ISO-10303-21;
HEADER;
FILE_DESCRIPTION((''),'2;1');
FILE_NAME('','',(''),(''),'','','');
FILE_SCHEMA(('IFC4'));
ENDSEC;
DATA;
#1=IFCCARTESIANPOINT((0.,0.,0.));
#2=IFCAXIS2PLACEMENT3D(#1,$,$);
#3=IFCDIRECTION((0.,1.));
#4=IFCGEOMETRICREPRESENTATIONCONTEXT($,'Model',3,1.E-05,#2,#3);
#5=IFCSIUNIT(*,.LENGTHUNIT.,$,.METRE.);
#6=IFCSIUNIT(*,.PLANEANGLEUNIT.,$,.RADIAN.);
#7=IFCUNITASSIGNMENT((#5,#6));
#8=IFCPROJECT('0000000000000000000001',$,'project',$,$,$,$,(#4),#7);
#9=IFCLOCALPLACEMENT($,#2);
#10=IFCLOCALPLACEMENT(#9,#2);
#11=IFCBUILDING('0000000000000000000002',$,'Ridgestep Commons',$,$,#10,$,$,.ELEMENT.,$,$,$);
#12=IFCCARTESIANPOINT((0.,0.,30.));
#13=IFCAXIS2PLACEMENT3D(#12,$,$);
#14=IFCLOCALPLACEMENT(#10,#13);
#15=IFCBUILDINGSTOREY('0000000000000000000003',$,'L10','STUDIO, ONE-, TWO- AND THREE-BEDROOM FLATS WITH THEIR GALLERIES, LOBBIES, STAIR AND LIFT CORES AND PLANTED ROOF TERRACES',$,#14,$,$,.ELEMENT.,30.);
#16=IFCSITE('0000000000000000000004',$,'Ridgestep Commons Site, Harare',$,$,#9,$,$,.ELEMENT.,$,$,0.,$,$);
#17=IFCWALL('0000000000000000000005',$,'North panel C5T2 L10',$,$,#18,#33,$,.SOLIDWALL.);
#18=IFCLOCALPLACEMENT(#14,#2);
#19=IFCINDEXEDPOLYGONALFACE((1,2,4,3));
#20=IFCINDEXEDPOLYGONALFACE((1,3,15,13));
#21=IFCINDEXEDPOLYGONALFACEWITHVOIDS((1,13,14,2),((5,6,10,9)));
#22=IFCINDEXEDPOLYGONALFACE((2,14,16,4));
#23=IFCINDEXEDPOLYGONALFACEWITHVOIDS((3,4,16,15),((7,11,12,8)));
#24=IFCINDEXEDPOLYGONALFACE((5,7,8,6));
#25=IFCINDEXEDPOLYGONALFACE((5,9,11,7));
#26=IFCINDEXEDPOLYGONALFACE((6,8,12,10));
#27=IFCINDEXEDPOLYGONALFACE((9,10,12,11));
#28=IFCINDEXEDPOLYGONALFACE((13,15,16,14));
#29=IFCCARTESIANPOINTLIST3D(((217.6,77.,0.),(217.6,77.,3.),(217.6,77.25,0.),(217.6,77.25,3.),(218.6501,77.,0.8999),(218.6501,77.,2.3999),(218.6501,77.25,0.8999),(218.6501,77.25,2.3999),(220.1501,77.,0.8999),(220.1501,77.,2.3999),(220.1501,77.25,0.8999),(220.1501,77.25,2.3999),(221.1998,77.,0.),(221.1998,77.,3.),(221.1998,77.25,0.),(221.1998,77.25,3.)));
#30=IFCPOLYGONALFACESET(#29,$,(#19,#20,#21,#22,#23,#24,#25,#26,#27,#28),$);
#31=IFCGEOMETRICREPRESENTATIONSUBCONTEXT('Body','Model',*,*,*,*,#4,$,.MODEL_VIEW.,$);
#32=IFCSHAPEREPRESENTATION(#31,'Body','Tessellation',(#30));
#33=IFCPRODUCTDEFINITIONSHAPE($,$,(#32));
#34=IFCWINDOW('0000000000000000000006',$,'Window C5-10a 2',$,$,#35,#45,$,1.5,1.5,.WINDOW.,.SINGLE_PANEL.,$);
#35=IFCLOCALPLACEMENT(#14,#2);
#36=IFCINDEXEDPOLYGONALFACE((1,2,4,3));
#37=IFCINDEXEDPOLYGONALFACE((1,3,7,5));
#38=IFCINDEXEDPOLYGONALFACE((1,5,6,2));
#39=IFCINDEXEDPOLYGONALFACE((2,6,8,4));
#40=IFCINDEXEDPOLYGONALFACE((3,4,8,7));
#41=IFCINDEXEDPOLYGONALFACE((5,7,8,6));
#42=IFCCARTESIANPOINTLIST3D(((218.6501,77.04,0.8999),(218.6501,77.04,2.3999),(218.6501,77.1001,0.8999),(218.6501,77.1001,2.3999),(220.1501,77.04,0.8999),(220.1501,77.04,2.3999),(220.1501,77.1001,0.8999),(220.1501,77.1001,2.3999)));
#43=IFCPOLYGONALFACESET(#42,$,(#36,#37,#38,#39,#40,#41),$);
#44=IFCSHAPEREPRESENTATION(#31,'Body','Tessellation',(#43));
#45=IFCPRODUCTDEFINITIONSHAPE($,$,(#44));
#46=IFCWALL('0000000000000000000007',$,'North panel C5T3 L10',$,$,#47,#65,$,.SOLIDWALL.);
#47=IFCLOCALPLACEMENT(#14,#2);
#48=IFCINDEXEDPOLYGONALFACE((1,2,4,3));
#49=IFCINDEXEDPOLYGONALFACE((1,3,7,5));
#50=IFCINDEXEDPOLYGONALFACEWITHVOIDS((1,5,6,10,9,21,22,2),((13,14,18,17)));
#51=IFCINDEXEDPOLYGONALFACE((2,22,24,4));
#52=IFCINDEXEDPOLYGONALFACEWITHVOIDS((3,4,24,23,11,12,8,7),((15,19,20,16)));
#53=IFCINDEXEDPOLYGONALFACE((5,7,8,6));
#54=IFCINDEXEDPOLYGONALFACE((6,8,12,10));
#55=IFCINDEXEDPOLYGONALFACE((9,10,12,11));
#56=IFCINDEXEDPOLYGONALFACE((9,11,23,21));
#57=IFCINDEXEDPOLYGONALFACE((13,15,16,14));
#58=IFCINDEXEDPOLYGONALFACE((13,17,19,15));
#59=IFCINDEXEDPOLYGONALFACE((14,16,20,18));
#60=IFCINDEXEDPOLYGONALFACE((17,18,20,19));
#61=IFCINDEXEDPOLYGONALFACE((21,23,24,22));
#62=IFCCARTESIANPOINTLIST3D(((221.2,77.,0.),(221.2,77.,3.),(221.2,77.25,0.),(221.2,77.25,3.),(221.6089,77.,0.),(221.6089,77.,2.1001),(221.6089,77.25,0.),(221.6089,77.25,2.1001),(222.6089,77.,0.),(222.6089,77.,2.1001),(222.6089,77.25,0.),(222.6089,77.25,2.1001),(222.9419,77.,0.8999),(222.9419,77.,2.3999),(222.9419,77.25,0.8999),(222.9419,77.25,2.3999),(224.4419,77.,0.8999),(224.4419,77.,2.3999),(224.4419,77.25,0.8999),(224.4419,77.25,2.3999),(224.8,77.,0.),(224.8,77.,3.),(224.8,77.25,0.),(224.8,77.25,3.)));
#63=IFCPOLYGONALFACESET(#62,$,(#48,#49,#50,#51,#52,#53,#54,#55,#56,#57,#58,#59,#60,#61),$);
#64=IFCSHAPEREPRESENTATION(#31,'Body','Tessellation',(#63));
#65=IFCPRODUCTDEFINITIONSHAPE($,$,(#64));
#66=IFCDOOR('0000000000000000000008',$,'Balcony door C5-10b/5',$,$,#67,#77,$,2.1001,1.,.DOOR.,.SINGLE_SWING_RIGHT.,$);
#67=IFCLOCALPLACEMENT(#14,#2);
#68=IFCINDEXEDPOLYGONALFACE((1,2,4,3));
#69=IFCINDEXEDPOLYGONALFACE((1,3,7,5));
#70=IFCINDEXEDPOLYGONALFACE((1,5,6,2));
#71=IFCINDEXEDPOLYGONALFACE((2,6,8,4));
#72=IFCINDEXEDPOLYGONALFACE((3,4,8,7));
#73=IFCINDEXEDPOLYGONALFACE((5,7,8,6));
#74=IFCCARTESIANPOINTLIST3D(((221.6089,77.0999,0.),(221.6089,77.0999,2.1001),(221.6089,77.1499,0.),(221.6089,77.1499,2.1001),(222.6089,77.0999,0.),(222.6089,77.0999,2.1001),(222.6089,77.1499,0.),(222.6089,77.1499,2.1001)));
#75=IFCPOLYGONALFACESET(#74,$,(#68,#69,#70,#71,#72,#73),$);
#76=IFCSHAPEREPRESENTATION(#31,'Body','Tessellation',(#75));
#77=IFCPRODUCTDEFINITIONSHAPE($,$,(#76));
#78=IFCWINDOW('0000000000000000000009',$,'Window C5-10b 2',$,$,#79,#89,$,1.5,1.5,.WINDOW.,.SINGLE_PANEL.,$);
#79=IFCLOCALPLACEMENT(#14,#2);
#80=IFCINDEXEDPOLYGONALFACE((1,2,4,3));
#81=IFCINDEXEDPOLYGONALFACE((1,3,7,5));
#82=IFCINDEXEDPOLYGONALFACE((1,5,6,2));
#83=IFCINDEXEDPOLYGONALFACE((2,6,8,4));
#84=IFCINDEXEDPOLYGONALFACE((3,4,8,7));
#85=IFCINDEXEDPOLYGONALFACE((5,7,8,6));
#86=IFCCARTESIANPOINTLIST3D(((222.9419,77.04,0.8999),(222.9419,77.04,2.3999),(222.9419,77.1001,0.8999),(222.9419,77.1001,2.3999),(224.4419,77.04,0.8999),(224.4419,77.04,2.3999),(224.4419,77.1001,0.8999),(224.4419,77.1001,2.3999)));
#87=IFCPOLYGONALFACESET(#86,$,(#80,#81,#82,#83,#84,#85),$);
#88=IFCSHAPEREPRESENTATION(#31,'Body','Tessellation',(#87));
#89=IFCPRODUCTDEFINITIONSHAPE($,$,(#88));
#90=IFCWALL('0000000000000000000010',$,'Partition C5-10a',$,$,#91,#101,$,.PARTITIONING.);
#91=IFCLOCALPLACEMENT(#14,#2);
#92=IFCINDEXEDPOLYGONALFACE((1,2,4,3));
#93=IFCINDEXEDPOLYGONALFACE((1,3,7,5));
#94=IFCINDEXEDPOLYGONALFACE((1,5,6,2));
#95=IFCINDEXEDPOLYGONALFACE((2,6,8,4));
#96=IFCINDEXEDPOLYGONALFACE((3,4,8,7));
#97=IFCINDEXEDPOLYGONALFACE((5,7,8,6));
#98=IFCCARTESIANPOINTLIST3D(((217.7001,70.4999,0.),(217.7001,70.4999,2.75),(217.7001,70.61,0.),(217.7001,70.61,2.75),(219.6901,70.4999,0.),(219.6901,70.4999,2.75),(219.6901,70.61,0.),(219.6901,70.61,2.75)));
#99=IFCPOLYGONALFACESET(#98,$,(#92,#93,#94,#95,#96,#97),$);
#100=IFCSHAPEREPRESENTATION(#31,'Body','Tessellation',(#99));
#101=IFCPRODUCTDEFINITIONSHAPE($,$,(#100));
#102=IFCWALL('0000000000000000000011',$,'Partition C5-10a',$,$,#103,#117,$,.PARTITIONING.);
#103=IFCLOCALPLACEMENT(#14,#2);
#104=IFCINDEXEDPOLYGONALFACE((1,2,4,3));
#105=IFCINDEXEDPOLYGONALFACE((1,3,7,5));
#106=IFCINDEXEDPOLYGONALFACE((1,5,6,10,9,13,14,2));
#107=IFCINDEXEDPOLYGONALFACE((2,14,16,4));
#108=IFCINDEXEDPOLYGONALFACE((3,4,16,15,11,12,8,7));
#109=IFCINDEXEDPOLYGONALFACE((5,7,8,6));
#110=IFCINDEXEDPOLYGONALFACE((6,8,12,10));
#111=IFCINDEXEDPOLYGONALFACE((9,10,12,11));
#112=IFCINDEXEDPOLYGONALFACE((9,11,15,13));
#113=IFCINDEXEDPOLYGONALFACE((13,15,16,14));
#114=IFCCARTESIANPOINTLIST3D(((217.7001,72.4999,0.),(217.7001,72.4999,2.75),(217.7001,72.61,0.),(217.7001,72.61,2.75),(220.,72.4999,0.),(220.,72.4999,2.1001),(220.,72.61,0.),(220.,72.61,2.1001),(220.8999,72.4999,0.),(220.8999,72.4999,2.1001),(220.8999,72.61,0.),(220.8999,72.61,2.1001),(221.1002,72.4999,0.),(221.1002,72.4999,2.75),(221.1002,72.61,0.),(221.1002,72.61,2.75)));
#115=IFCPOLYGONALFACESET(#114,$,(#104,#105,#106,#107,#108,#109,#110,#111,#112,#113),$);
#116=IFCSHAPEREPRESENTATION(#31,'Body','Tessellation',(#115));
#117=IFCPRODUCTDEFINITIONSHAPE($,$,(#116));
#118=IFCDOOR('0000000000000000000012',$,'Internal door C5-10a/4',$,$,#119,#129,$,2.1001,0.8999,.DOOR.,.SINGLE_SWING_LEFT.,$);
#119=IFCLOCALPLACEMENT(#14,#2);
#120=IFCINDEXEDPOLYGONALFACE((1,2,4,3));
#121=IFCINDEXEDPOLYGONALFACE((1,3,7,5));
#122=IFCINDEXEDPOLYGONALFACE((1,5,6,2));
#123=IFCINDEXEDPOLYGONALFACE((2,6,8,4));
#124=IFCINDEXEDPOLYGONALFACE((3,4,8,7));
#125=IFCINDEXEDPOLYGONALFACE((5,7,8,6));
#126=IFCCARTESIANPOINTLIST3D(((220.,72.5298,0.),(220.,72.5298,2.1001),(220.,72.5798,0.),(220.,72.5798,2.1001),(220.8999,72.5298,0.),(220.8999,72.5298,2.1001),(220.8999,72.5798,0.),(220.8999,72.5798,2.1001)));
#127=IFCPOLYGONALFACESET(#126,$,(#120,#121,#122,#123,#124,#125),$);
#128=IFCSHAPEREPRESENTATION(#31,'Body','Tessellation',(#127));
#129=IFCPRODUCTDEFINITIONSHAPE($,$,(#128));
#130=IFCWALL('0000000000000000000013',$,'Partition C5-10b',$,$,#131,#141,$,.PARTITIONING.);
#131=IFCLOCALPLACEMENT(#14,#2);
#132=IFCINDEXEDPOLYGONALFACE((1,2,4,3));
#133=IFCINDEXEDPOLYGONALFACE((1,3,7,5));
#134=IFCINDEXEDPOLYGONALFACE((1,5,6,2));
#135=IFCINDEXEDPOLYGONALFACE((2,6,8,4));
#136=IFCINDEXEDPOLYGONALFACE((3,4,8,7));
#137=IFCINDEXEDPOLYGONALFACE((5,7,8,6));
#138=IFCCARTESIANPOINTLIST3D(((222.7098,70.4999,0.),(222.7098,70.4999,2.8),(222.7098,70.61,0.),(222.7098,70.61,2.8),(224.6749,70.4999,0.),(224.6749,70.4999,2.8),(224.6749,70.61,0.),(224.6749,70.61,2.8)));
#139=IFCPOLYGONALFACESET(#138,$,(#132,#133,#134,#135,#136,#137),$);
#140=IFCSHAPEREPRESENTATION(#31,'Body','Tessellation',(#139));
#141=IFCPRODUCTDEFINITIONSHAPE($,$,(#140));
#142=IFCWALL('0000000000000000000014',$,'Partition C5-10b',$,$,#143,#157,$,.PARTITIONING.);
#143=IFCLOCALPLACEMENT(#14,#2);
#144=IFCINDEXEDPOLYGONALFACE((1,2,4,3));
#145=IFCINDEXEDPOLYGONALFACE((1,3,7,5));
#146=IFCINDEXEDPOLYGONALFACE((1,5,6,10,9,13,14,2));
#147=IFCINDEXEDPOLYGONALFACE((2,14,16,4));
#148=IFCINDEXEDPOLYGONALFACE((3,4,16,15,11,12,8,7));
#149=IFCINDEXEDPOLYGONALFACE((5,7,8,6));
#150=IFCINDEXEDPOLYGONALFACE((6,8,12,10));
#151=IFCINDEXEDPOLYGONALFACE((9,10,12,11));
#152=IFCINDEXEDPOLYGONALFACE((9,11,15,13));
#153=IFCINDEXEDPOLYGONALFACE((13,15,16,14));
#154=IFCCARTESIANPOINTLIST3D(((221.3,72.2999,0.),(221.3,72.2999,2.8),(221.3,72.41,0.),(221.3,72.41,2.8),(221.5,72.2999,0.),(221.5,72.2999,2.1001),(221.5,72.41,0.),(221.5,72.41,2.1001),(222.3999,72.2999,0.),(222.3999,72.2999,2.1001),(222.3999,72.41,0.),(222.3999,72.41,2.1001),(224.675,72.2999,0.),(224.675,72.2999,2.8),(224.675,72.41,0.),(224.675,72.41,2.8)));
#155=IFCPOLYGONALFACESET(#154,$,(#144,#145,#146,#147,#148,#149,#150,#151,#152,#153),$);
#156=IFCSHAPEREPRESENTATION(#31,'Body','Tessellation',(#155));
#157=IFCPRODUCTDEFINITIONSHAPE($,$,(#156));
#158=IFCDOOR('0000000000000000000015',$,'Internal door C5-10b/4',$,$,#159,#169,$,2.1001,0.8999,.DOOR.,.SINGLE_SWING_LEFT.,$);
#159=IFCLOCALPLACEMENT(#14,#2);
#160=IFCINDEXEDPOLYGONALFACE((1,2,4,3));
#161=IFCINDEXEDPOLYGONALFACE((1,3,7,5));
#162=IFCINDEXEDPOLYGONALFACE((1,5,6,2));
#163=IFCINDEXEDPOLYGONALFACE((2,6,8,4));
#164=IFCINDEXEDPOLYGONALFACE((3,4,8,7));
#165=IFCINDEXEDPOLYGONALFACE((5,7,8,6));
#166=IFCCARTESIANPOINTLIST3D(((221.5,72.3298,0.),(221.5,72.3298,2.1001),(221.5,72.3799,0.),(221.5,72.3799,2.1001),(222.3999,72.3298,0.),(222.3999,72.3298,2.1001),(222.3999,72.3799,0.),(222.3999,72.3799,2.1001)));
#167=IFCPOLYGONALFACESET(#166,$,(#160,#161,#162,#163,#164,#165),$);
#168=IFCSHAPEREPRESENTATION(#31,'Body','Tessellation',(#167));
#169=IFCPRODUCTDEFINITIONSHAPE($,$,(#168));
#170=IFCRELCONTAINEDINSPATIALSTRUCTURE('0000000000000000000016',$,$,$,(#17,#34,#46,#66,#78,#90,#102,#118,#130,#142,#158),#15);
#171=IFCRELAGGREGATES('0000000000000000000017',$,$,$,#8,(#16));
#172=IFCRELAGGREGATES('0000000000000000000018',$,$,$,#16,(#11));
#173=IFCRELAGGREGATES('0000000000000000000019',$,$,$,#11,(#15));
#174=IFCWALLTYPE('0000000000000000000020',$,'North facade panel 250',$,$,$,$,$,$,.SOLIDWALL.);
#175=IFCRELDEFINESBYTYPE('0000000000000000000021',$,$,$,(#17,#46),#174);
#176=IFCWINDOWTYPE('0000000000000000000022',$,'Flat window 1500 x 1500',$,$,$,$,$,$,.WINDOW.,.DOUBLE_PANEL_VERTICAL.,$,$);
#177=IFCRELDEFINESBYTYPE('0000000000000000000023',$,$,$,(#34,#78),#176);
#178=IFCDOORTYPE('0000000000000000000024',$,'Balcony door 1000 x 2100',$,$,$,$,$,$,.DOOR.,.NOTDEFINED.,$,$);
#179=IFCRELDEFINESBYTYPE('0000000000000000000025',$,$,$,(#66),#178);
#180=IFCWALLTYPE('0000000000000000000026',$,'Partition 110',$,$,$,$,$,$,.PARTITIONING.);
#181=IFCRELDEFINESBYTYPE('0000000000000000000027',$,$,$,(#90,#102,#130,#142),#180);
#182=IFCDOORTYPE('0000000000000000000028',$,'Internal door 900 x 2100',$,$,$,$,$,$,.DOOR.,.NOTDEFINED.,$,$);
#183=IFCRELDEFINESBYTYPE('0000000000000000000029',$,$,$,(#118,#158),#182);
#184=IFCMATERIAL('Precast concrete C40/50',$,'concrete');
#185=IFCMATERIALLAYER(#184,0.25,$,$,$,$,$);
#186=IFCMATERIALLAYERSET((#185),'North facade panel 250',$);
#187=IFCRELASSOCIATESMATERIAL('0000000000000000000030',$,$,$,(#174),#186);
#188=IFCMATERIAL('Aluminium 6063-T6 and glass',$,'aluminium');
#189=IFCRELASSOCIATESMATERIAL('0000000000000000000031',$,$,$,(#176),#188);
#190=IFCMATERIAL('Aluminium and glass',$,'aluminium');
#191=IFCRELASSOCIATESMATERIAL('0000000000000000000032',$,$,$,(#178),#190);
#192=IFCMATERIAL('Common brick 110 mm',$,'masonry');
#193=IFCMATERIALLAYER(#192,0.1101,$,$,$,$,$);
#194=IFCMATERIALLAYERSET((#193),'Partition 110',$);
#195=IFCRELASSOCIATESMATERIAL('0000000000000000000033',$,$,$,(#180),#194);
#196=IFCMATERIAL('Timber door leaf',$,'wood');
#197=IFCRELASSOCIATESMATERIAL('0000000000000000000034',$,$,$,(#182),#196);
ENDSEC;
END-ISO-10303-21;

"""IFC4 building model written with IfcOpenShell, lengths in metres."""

from ifc_helpers import new_model, si_unit, direction, frame, frame_2d, origin, place, context, subcontext, project, spatial, rectangle, extrude, material, layer, layer_set, type_object, element, fill, save


model = new_model("IFC4")

# Units and contexts
model_context = context("Model", 3, precision=1e-05, world=origin(), true_north=direction((0.0, 1.0)))
body_context = subcontext(model_context, "Body", "Model", "MODEL_VIEW")
ifc_project = project(units=[si_unit("LENGTHUNIT", "METRE"), si_unit("PLANEANGLEUNIT", "RADIAN")], contexts=[model_context])

# Site, building, storey
site_placement = place(None, origin())
site = spatial("IfcSite", under=ifc_project, at=site_placement, Name="Ridgestep Commons Site, Harare", CompositionType="ELEMENT", RefElevation=0.0)
building_placement = place(site_placement, origin())
building = spatial("IfcBuilding", under=site, at=building_placement, Name="Ridgestep Commons", CompositionType="ELEMENT")
storey_placement = place(building_placement, frame((0.0, 0.0, 30.0)))
storey = spatial("IfcBuildingStorey", under=building, at=storey_placement, Name="L10", Description="STUDIO, ONE-, TWO- AND THREE-BEDROOM FLATS WITH THEIR GALLERIES, LOBBIES, STAIR AND LIFT CORES AND PLANTED ROOF TERRACES", CompositionType="ELEMENT", Elevation=30.0)

# Wall, opening, window
ifc_material_1 = material(Name="Precast concrete C40/50", Category="concrete")
ifc_layer_1 = layer(ifc_material_1, 0.25)
ifc_layer_set_1 = layer_set([ifc_layer_1], Name="North facade panel 250")
wall_type_1 = type_object("IfcWallType", Name="North facade panel 250", PredefinedType="SOLIDWALL", material=ifc_layer_set_1)
wall_1_placement = place(storey_placement, frame((217.6001, 77.125, 0.0), z_axis=(0.0, 0.0, 1.0), x_axis=(1.0, 0.0, 0.0)))
wall_1 = element("IfcWall", 1, at=wall_1_placement, inside=storey, type_object=wall_type_1, Name="North panel C5T2 L10", PredefinedType="SOLIDWALL", context=body_context, shape_type="SweptSolid", body=[
    extrude(rectangle(XDim=3.5999, YDim=0.25, at=frame_2d((1.7998, 0.0))), origin(), (0.0, 0.0, 1.0), 3.0),
])
opening_1_placement = place(wall_1_placement, frame((1.05, 0.0, 0.8999)))
opening_1 = element("IfcOpeningElement", 2, at=opening_1_placement, cuts=wall_1, PredefinedType="OPENING", context=body_context, shape_type="SweptSolid", body=[
    extrude(rectangle(XDim=1.5, YDim=1.5, at=frame_2d((0.75, 0.75))), frame((0.0, 0.135, 0.0), z_axis=(0.0, -1.0, 0.0), x_axis=(1.0, 0.0, 0.0)), (0.0, 0.0, 1.0), 0.27),
])
ifc_material_2 = material(Name="Aluminium 6063-T6 and glass", Category="aluminium")
window_type = type_object("IfcWindowType", Name="Flat window 1500 x 1500", PartitioningType="DOUBLE_PANEL_VERTICAL", PredefinedType="WINDOW", material=ifc_material_2)
window_1_placement = place(opening_1_placement, origin())
window_1 = element("IfcWindow", 3, at=window_1_placement, inside=storey, type_object=window_type, Name="Window C5-10a 2", OverallHeight=1.5, OverallWidth=1.5, PartitioningType="SINGLE_PANEL", PredefinedType="WINDOW", context=body_context, shape_type="SweptSolid", body=[
    extrude(rectangle(XDim=1.5, YDim=1.5, at=frame_2d((0.75, 0.75))), frame((0.0, -0.0249, 0.0), z_axis=(0.0, -1.0, 0.0), x_axis=(1.0, 0.0, 0.0)), (0.0, 0.0, 1.0), 0.0601),
])
fill(opening_1, window_1)

# Wall, openings, door, window
wall_2_placement = place(storey_placement, frame((221.2, 77.125, 0.0), z_axis=(0.0, 0.0, 1.0), x_axis=(1.0, 0.0, 0.0)))
wall_2 = element("IfcWall", 4, at=wall_2_placement, inside=storey, type_object=wall_type_1, Name="North panel C5T3 L10", PredefinedType="SOLIDWALL", context=body_context, shape_type="SweptSolid", body=[
    extrude(rectangle(XDim=3.6001, YDim=0.25, at=frame_2d((1.8, 0.0))), origin(), (0.0, 0.0, 1.0), 3.0),
])
opening_2_placement = place(wall_2_placement, frame((1.7419, 0.0, 0.8999)))
opening_2 = element("IfcOpeningElement", 5, at=opening_2_placement, cuts=wall_2, PredefinedType="OPENING", context=body_context, shape_type="SweptSolid", body=[
    extrude(rectangle(XDim=1.5, YDim=1.5, at=frame_2d((0.75, 0.75))), frame((0.0, 0.135, 0.0), z_axis=(0.0, -1.0, 0.0), x_axis=(1.0, 0.0, 0.0)), (0.0, 0.0, 1.0), 0.27),
])
opening_3_placement = place(wall_2_placement, frame((0.4089, 0.0, 0.0)))
opening_3 = element("IfcOpeningElement", 6, at=opening_3_placement, cuts=wall_2, PredefinedType="OPENING", context=body_context, shape_type="SweptSolid", body=[
    extrude(rectangle(XDim=1.0, YDim=2.1001, at=frame_2d((0.5, 1.05))), frame((0.0, 0.135, 0.0), z_axis=(0.0, -1.0, 0.0), x_axis=(1.0, 0.0, 0.0)), (0.0, 0.0, 1.0), 0.27),
])
ifc_material_3 = material(Name="Aluminium and glass", Category="aluminium")
door_type_1 = type_object("IfcDoorType", Name="Balcony door 1000 x 2100", OperationType="NOTDEFINED", PredefinedType="DOOR", material=ifc_material_3)
door_1_placement = place(opening_3_placement, origin())
door_1 = element("IfcDoor", 7, at=door_1_placement, inside=storey, type_object=door_type_1, Name="Balcony door C5-10b/5", OperationType="SINGLE_SWING_RIGHT", OverallHeight=2.1001, OverallWidth=1.0, PredefinedType="DOOR", context=body_context, shape_type="SweptSolid", body=[
    extrude(rectangle(XDim=1.0, YDim=2.1001, at=frame_2d((0.5, 1.05))), frame((0.0, 0.0249, 0.0), z_axis=(0.0, -1.0, 0.0), x_axis=(1.0, 0.0, 0.0)), (0.0, 0.0, 1.0), 0.05),
])
fill(opening_3, door_1)
window_2_placement = place(opening_2_placement, origin())
window_2 = element("IfcWindow", 8, at=window_2_placement, inside=storey, type_object=window_type, Name="Window C5-10b 2", OverallHeight=1.5, OverallWidth=1.5, PartitioningType="SINGLE_PANEL", PredefinedType="WINDOW", context=body_context, shape_type="SweptSolid", body=[
    extrude(rectangle(XDim=1.5, YDim=1.5, at=frame_2d((0.75, 0.75))), frame((0.0, -0.0249, 0.0), z_axis=(0.0, -1.0, 0.0), x_axis=(1.0, 0.0, 0.0)), (0.0, 0.0, 1.0), 0.0601),
])
fill(opening_2, window_2)

# Wall
ifc_material_4 = material(Name="Common brick 110 mm", Category="masonry")
ifc_layer_2 = layer(ifc_material_4, 0.1101)
ifc_layer_set_2 = layer_set([ifc_layer_2], Name="Partition 110")
wall_type_2 = type_object("IfcWallType", Name="Partition 110", PredefinedType="PARTITIONING", material=ifc_layer_set_2)
wall_3_placement = place(storey_placement, frame((217.7, 70.5549, 0.0), z_axis=(0.0, 0.0, 1.0), x_axis=(1.0, 0.0, 0.0)))
element("IfcWall", 9, at=wall_3_placement, inside=storey, type_object=wall_type_2, Name="Partition C5-10a", PredefinedType="PARTITIONING", context=body_context, shape_type="SweptSolid", body=[
    extrude(rectangle(XDim=1.99, YDim=0.1101, at=frame_2d((0.9951, 0.0))), origin(), (0.0, 0.0, 1.0), 2.75),
])

# Wall, opening, door
wall_4_placement = place(storey_placement, frame((217.7, 72.5549, 0.0), z_axis=(0.0, 0.0, 1.0), x_axis=(1.0, 0.0, 0.0)))
wall_4 = element("IfcWall", 10, at=wall_4_placement, inside=storey, type_object=wall_type_2, Name="Partition C5-10a", PredefinedType="PARTITIONING", context=body_context, shape_type="SweptSolid", body=[
    extrude(rectangle(XDim=3.4001, YDim=0.1101, at=frame_2d((1.7002, 0.0))), origin(), (0.0, 0.0, 1.0), 2.75),
])
opening_4_placement = place(wall_4_placement, frame((2.3, 0.0, 0.0)))
opening_4 = element("IfcOpeningElement", 11, at=opening_4_placement, cuts=wall_4, PredefinedType="OPENING", context=body_context, shape_type="SweptSolid", body=[
    extrude(rectangle(XDim=0.8999, YDim=2.1001, at=frame_2d((0.45, 1.05))), frame((0.0, 0.0649, 0.0), z_axis=(0.0, -1.0, 0.0), x_axis=(1.0, 0.0, 0.0)), (0.0, 0.0, 1.0), 0.1301),
])
ifc_material_5 = material(Name="Timber door leaf", Category="wood")
door_type_2 = type_object("IfcDoorType", Name="Internal door 900 x 2100", OperationType="NOTDEFINED", PredefinedType="DOOR", material=ifc_material_5)
door_2_placement = place(opening_4_placement, origin())
door_2 = element("IfcDoor", 12, at=door_2_placement, inside=storey, type_object=door_type_2, Name="Internal door C5-10a/4", OperationType="SINGLE_SWING_LEFT", OverallHeight=2.1001, OverallWidth=0.8999, PredefinedType="DOOR", context=body_context, shape_type="SweptSolid", body=[
    extrude(rectangle(XDim=0.8999, YDim=2.1001, at=frame_2d((0.45, 1.05))), frame((0.0, 0.0249, 0.0), z_axis=(0.0, -1.0, 0.0), x_axis=(1.0, 0.0, 0.0)), (0.0, 0.0, 1.0), 0.05),
])
fill(opening_4, door_2)

# Wall
wall_5_placement = place(storey_placement, frame((222.71, 70.5549, 0.0), z_axis=(0.0, 0.0, 1.0), x_axis=(1.0, 0.0, 0.0)))
element("IfcWall", 13, at=wall_5_placement, inside=storey, type_object=wall_type_2, Name="Partition C5-10b", PredefinedType="PARTITIONING", context=body_context, shape_type="SweptSolid", body=[
    extrude(rectangle(XDim=1.9651, YDim=0.1101, at=frame_2d((0.9824, 0.0))), origin(), (0.0, 0.0, 1.0), 2.8),
])

# Wall, opening, door
wall_6_placement = place(storey_placement, frame((221.3, 72.355, 0.0), z_axis=(0.0, 0.0, 1.0), x_axis=(1.0, 0.0, 0.0)))
wall_6 = element("IfcWall", 14, at=wall_6_placement, inside=storey, type_object=wall_type_2, Name="Partition C5-10b", PredefinedType="PARTITIONING", context=body_context, shape_type="SweptSolid", body=[
    extrude(rectangle(XDim=3.375, YDim=0.1101, at=frame_2d((1.6875, 0.0))), origin(), (0.0, 0.0, 1.0), 2.8),
])
opening_5_placement = place(wall_6_placement, frame((0.2, 0.0, 0.0)))
opening_5 = element("IfcOpeningElement", 15, at=opening_5_placement, cuts=wall_6, PredefinedType="OPENING", context=body_context, shape_type="SweptSolid", body=[
    extrude(rectangle(XDim=0.8999, YDim=2.1001, at=frame_2d((0.45, 1.05))), frame((0.0, 0.0649, 0.0), z_axis=(0.0, -1.0, 0.0), x_axis=(1.0, 0.0, 0.0)), (0.0, 0.0, 1.0), 0.1301),
])
door_3_placement = place(opening_5_placement, origin())
door_3 = element("IfcDoor", 16, at=door_3_placement, inside=storey, type_object=door_type_2, Name="Internal door C5-10b/4", OperationType="SINGLE_SWING_LEFT", OverallHeight=2.1001, OverallWidth=0.8999, PredefinedType="DOOR", context=body_context, shape_type="SweptSolid", body=[
    extrude(rectangle(XDim=0.8999, YDim=2.1001, at=frame_2d((0.45, 1.05))), frame((0.0, 0.0249, 0.0), z_axis=(0.0, -1.0, 0.0), x_axis=(1.0, 0.0, 0.0)), (0.0, 0.0, 1.0), 0.05),
])
fill(opening_5, door_3)

save(model, "model.ifc")
